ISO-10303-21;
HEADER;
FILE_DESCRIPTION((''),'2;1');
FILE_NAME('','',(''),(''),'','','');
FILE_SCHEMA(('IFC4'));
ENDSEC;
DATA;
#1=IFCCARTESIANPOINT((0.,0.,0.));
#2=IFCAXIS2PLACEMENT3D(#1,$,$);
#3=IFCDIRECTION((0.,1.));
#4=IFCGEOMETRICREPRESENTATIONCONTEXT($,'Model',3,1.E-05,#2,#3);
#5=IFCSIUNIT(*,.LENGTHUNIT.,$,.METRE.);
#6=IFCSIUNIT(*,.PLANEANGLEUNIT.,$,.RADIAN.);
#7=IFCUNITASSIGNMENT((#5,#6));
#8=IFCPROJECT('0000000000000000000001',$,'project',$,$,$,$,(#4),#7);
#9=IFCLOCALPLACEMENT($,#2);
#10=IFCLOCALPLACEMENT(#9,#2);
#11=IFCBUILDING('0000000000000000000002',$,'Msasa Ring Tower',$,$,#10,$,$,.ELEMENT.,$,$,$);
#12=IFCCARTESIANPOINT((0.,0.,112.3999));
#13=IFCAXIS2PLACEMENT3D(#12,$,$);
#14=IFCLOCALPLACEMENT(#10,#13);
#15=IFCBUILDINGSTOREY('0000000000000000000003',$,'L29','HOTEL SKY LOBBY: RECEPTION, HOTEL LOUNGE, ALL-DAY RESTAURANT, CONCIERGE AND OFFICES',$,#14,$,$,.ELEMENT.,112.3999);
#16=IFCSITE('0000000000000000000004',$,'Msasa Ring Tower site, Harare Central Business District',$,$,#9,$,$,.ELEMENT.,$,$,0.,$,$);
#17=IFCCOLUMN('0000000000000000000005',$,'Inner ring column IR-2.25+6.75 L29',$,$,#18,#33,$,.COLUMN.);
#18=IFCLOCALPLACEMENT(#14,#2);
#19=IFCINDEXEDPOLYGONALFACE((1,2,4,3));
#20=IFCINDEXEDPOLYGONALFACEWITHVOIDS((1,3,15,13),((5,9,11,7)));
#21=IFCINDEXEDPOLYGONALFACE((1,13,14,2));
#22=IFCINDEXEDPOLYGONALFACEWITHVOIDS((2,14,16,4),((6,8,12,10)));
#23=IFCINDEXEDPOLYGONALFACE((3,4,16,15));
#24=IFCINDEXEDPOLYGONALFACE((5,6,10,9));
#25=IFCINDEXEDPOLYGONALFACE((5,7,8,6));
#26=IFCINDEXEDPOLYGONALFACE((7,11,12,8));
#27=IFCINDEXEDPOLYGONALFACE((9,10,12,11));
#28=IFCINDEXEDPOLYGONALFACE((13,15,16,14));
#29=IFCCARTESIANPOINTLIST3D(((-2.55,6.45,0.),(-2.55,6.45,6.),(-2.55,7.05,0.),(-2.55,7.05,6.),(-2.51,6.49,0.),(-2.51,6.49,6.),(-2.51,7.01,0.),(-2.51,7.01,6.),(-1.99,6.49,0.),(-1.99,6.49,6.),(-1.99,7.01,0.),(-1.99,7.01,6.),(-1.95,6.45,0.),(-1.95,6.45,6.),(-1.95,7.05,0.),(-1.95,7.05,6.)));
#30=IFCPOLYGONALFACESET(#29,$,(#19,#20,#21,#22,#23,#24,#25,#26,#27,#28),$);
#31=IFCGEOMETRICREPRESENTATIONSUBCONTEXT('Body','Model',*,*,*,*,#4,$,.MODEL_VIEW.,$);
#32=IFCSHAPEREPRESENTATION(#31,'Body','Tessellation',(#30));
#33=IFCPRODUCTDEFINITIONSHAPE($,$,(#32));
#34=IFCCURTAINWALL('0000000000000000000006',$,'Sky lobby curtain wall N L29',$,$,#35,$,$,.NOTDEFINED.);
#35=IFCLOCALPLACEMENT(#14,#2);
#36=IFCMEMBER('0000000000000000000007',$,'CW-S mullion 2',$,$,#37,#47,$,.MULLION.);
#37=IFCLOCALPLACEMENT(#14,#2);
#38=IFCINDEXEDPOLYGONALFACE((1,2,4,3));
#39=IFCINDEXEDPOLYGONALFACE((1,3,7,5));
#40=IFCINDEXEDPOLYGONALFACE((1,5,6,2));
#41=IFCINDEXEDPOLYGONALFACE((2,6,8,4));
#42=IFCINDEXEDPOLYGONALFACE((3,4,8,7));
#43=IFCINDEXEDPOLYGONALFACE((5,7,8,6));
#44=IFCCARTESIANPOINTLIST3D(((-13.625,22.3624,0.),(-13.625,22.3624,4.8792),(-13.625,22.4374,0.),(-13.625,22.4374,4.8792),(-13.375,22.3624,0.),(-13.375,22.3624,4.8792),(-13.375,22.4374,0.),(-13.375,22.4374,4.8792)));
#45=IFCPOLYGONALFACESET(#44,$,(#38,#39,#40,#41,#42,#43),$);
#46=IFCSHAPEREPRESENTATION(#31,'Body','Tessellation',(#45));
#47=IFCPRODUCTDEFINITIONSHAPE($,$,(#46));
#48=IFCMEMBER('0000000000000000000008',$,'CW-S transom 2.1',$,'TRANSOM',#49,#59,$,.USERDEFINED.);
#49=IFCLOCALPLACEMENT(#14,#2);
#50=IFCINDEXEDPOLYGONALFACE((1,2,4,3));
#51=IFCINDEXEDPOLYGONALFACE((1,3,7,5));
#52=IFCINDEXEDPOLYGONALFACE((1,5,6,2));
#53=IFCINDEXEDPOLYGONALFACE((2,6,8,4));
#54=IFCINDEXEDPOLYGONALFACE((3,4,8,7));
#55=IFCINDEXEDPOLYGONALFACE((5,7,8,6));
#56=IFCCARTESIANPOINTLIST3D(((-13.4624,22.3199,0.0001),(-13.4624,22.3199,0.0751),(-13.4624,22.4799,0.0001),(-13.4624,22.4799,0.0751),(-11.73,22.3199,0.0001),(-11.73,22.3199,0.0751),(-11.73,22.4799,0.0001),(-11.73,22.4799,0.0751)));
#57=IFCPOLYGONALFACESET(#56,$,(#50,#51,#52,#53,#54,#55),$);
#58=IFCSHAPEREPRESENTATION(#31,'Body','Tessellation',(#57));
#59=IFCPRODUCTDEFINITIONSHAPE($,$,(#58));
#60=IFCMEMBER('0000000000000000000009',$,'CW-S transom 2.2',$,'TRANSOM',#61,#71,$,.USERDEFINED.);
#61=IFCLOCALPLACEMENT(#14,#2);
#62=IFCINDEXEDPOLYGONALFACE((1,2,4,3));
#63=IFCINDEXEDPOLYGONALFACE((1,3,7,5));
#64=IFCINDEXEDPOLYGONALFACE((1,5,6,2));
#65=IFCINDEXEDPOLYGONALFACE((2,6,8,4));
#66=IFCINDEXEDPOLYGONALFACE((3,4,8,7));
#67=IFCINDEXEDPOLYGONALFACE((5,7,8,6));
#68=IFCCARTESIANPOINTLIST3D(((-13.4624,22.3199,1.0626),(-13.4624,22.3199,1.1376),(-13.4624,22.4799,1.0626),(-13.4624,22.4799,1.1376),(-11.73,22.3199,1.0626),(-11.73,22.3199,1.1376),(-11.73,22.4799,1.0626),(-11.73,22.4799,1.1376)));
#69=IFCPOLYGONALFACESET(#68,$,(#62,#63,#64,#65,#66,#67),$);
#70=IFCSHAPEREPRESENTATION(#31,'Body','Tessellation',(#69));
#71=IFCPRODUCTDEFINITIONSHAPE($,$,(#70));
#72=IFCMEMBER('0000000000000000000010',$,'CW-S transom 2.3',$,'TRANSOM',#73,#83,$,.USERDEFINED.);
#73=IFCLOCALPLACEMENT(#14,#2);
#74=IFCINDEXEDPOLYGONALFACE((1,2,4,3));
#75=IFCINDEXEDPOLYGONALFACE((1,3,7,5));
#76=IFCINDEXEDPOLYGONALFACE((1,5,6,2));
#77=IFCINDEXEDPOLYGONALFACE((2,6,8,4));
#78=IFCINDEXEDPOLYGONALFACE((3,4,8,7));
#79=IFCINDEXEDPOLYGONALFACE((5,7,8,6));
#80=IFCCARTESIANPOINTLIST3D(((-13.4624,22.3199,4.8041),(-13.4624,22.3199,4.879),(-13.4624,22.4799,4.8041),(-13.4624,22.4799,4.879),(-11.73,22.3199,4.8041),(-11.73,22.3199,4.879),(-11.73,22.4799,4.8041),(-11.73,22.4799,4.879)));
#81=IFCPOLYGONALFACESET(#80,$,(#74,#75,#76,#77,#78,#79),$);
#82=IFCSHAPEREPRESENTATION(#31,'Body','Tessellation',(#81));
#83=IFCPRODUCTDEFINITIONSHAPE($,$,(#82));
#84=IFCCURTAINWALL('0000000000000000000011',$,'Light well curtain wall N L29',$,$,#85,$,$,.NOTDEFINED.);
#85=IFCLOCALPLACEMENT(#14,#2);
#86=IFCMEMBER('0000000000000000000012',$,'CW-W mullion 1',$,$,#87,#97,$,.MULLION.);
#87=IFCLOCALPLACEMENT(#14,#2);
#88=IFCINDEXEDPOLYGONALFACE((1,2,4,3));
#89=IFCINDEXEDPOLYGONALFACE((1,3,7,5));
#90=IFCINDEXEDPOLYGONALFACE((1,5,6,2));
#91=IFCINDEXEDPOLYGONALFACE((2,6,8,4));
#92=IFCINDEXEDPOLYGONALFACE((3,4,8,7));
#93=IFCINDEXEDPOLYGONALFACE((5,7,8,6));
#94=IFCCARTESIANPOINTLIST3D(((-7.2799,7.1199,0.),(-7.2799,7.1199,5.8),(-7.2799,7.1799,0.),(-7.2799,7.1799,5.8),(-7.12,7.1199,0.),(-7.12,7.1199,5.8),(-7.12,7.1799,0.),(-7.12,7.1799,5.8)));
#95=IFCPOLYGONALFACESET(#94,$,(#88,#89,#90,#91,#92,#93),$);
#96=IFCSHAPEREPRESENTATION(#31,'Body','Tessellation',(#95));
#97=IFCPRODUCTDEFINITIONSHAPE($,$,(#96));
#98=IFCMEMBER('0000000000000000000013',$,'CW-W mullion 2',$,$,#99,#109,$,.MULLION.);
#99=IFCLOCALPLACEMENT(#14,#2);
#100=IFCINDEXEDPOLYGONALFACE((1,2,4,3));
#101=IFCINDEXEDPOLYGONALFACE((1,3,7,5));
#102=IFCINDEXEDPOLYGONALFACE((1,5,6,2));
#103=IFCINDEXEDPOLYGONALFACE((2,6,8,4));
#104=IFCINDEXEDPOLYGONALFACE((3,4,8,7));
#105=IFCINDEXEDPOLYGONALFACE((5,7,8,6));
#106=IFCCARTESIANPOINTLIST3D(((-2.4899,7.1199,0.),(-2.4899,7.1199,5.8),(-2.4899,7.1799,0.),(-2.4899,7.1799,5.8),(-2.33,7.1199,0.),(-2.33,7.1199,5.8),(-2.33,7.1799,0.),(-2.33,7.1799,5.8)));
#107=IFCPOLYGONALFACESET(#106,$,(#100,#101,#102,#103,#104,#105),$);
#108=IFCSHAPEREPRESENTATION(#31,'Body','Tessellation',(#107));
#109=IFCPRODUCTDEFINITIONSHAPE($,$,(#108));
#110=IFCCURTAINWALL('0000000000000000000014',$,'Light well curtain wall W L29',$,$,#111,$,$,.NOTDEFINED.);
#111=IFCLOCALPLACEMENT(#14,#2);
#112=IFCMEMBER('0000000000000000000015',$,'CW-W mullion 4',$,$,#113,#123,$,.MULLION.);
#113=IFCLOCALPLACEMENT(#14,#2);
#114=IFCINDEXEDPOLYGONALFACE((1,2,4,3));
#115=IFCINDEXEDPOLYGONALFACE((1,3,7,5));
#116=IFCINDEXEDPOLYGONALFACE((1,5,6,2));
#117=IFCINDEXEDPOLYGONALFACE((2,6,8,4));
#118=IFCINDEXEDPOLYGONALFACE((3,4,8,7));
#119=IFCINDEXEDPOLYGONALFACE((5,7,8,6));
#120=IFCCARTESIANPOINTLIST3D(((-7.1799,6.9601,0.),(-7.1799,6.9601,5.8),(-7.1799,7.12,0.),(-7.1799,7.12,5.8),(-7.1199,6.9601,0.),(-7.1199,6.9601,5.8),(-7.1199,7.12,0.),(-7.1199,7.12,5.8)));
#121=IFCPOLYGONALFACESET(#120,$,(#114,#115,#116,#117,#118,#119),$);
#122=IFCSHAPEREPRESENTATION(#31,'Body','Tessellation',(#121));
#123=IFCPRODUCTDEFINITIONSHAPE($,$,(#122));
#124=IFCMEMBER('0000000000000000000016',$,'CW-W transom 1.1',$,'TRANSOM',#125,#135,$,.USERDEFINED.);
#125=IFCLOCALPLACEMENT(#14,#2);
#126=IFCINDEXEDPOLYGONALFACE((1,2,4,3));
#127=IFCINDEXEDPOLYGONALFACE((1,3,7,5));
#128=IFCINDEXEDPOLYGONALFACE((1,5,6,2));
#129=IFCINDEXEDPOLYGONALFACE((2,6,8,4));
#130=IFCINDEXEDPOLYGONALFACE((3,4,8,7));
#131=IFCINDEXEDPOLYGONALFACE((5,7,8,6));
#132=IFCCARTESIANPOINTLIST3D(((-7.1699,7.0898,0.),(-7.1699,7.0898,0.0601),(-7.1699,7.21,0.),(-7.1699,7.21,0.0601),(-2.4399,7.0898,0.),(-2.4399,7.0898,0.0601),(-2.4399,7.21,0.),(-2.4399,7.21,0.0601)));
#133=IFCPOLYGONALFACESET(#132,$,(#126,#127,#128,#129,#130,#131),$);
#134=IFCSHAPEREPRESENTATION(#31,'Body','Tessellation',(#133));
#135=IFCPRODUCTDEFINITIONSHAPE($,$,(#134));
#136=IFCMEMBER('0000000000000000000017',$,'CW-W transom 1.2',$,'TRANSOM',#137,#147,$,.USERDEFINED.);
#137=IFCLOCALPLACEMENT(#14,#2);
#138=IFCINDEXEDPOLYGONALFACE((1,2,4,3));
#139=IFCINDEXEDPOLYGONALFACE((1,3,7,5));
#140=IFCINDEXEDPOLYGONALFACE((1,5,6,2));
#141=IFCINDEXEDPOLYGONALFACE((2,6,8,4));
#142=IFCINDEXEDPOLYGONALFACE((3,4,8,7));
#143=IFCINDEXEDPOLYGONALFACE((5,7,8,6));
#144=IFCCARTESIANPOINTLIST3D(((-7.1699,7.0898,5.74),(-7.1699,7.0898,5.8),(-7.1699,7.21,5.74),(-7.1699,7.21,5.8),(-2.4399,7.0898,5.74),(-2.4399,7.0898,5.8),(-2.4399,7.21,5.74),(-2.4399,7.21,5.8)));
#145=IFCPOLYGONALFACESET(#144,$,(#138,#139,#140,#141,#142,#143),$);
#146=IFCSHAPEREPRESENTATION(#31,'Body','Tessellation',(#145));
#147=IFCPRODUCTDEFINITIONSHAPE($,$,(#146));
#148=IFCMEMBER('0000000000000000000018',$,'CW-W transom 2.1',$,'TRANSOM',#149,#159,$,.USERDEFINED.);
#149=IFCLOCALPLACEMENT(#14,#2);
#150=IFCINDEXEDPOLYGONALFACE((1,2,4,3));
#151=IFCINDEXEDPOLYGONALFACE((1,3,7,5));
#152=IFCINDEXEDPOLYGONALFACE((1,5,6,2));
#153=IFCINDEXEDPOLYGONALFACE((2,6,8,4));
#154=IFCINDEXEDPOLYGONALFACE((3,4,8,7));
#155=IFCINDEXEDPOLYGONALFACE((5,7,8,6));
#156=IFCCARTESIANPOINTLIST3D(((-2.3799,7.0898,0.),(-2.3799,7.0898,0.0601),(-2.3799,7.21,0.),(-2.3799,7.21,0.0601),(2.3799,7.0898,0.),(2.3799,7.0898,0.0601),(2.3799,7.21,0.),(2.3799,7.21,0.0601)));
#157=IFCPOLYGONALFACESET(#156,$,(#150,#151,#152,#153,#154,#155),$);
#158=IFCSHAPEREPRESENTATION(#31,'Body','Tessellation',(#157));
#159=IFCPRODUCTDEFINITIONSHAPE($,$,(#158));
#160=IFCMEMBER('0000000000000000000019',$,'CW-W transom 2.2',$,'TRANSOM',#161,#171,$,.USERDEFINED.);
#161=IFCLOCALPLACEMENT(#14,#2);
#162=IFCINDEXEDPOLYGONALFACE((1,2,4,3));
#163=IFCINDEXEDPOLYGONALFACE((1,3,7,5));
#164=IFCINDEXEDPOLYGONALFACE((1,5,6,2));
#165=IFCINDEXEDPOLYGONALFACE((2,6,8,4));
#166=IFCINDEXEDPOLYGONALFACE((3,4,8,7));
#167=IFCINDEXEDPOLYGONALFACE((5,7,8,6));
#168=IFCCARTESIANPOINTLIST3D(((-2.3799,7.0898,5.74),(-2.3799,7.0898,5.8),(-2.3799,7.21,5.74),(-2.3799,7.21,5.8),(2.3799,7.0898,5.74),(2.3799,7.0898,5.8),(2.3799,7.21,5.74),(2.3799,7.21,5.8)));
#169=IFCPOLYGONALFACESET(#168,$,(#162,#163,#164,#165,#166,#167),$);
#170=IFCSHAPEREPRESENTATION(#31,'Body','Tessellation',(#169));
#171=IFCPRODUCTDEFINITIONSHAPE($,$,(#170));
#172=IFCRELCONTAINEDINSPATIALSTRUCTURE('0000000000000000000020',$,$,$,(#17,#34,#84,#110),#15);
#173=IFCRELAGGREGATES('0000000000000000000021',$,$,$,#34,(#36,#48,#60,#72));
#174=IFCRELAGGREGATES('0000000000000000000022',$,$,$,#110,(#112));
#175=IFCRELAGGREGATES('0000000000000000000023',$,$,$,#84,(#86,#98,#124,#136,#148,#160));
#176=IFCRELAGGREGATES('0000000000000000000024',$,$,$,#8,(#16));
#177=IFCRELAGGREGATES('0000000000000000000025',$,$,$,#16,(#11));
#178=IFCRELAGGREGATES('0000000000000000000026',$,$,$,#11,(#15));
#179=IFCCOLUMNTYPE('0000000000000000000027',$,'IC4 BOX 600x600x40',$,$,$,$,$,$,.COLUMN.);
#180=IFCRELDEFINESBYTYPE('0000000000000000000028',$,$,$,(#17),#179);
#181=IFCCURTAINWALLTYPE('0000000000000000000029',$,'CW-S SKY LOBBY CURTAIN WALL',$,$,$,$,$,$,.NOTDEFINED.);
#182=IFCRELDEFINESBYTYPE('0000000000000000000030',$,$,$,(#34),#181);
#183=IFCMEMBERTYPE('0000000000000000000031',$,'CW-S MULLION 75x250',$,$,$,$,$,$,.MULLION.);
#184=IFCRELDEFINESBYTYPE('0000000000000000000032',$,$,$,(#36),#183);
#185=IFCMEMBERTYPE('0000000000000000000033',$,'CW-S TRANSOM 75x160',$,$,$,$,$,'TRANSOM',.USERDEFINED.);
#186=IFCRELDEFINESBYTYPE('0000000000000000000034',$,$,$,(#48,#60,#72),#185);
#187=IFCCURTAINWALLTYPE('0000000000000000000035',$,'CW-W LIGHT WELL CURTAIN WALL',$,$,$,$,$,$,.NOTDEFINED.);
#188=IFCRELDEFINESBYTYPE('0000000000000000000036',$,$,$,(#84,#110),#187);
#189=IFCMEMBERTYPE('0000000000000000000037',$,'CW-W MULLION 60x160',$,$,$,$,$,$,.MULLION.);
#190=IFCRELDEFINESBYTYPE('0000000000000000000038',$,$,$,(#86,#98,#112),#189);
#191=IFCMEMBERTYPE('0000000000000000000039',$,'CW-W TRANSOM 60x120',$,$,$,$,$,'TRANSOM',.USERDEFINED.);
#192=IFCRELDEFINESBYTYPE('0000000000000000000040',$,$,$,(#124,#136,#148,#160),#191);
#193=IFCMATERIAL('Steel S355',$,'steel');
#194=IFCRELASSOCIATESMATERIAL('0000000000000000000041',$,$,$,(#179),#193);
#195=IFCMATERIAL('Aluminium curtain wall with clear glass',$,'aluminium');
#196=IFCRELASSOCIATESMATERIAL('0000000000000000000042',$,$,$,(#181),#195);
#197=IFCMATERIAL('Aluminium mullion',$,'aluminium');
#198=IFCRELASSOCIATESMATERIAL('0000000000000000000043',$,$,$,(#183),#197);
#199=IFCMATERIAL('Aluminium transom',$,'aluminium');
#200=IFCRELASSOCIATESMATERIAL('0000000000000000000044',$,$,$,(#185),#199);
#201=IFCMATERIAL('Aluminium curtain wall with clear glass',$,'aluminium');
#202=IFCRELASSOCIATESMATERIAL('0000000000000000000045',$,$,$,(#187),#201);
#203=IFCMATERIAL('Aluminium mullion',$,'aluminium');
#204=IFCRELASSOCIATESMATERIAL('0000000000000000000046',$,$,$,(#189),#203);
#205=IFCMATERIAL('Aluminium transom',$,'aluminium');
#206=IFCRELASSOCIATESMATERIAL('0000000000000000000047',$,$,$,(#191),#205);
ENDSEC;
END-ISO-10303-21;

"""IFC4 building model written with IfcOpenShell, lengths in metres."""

from ifc_helpers import new_model, si_unit, direction, frame, origin, origin_2d, place, context, subcontext, project, spatial, rectangle, hollow_rectangle, extrude, material, material_profile, profile_set, type_object, element, aggregate, save


model = new_model("IFC4")

# Units and contexts
model_context = context("Model", 3, precision=1e-05, world=origin(), true_north=direction((0.0, 1.0)))
body_context = subcontext(model_context, "Body", "Model", "MODEL_VIEW")
ifc_project = project(units=[si_unit("LENGTHUNIT", "METRE"), si_unit("PLANEANGLEUNIT", "RADIAN")], contexts=[model_context])

# Site, building, storey
site_placement = place(None, origin())
site = spatial("IfcSite", under=ifc_project, at=site_placement, Name="Msasa Ring Tower site, Harare Central Business District", CompositionType="ELEMENT", RefElevation=0.0)
building_placement = place(site_placement, origin())
building = spatial("IfcBuilding", under=site, at=building_placement, Name="Msasa Ring Tower", CompositionType="ELEMENT")
storey_placement = place(building_placement, frame((0.0, 0.0, 112.3999)))
storey = spatial("IfcBuildingStorey", under=building, at=storey_placement, Name="L29", Description="HOTEL SKY LOBBY: RECEPTION, HOTEL LOUNGE, ALL-DAY RESTAURANT, CONCIERGE AND OFFICES", CompositionType="ELEMENT", Elevation=112.3999)

# Column
ifc_material_1 = material(Name="Steel S355", Category="steel")
ifc_material_profile_1 = material_profile(ifc_material_1, hollow_rectangle(XDim=0.6001, YDim=0.6001, WallThickness=0.04, at=origin_2d()), Name="BOX 600x600x40")
ifc_profile_set_1 = profile_set([ifc_material_profile_1], Name="Steel S355")
column_type = type_object("IfcColumnType", Name="IC4 BOX 600x600x40", PredefinedType="COLUMN", material=ifc_profile_set_1)
column_placement = place(storey_placement, frame((-2.25, 6.75, 0.0), z_axis=(0.0, 0.0, 1.0), x_axis=(1.0, 0.0, 0.0)))
element("IfcColumn", 1, at=column_placement, inside=storey, type_object=column_type, Name="Inner ring column IR-2.25+6.75 L29", PredefinedType="COLUMN", context=body_context, shape_type="SweptSolid", body=[
    extrude(hollow_rectangle(XDim=0.6001, YDim=0.6001, WallThickness=0.04, at=origin_2d()), origin(), (0.0, 0.0, 1.0), 6.0),
])

# Curtain walls, members
ifc_material_2 = material(Name="Aluminium curtain wall with clear glass", Category="aluminium")
curtain_wall_type_1 = type_object("IfcCurtainWallType", Name="CW-S SKY LOBBY CURTAIN WALL", PredefinedType="NOTDEFINED", material=ifc_material_2)
curtain_wall_1_placement = place(storey_placement, origin())
curtain_wall_1 = element("IfcCurtainWall", 2, at=curtain_wall_1_placement, inside=storey, type_object=curtain_wall_type_1, Name="Sky lobby curtain wall N L29", PredefinedType="NOTDEFINED")
ifc_material_3 = material(Name="Aluminium mullion", Category="aluminium")
ifc_material_profile_2 = material_profile(ifc_material_3, rectangle(XDim=0.075, YDim=0.25, at=origin_2d()), Name="AL 75x250")
ifc_profile_set_2 = profile_set([ifc_material_profile_2], Name="Aluminium mullion")
member_type_1 = type_object("IfcMemberType", Name="CW-S MULLION 75x250", PredefinedType="MULLION", material=ifc_profile_set_2)
member_1_placement = place(storey_placement, frame((-13.5, 22.3999, 0.0), z_axis=(0.0, 0.0, 1.0), x_axis=(0.0, 1.0, 0.0)))
member_1 = element("IfcMember", 3, at=member_1_placement, type_object=member_type_1, Name="CW-S mullion 2", PredefinedType="MULLION", context=body_context, shape_type="SweptSolid", body=[
    extrude(rectangle(XDim=0.075, YDim=0.25, at=origin_2d()), origin(), (0.0, 0.0, 1.0), 4.8792),
])
ifc_material_4 = material(Name="Aluminium transom", Category="aluminium")
ifc_material_profile_3 = material_profile(ifc_material_4, rectangle(XDim=0.1599, YDim=0.075, at=origin_2d()), Name="AL 75x160")
ifc_profile_set_3 = profile_set([ifc_material_profile_3], Name="Aluminium transom")
member_type_2 = type_object("IfcMemberType", Name="CW-S TRANSOM 75x160", ElementType="TRANSOM", PredefinedType="USERDEFINED", material=ifc_profile_set_3)
member_2_placement = place(storey_placement, frame((-13.4624, 22.3999, 0.0376), z_axis=(1.0, 0.0, 0.0), x_axis=(0.0, 1.0, 0.0)))
member_2 = element("IfcMember", 4, at=member_2_placement, type_object=member_type_2, Name="CW-S transom 2.1", ObjectType="TRANSOM", PredefinedType="USERDEFINED", context=body_context, shape_type="SweptSolid", body=[
    extrude(rectangle(XDim=0.1599, YDim=0.075, at=origin_2d()), origin(), (0.0, 0.0, 1.0), 1.7324),
])
member_3_placement = place(storey_placement, frame((-13.4624, 22.3999, 1.1001), z_axis=(1.0, 0.0, 0.0), x_axis=(0.0, 1.0, 0.0)))
member_3 = element("IfcMember", 5, at=member_3_placement, type_object=member_type_2, Name="CW-S transom 2.2", ObjectType="TRANSOM", PredefinedType="USERDEFINED", context=body_context, shape_type="SweptSolid", body=[
    extrude(rectangle(XDim=0.1599, YDim=0.075, at=origin_2d()), origin(), (0.0, 0.0, 1.0), 1.7324),
])
member_4_placement = place(storey_placement, frame((-13.4624, 22.3999, 4.8416), z_axis=(1.0, 0.0, 0.0), x_axis=(0.0, 1.0, 0.0)))
member_4 = element("IfcMember", 6, at=member_4_placement, type_object=member_type_2, Name="CW-S transom 2.3", ObjectType="TRANSOM", PredefinedType="USERDEFINED", context=body_context, shape_type="SweptSolid", body=[
    extrude(rectangle(XDim=0.1599, YDim=0.075, at=origin_2d()), origin(), (0.0, 0.0, 1.0), 1.7324),
])
aggregate(curtain_wall_1, [member_1, member_2, member_3, member_4])
ifc_material_5 = material(Name="Aluminium curtain wall with clear glass", Category="aluminium")
curtain_wall_type_2 = type_object("IfcCurtainWallType", Name="CW-W LIGHT WELL CURTAIN WALL", PredefinedType="NOTDEFINED", material=ifc_material_5)
curtain_wall_2_placement = place(storey_placement, origin())
curtain_wall_2 = element("IfcCurtainWall", 7, at=curtain_wall_2_placement, inside=storey, type_object=curtain_wall_type_2, Name="Light well curtain wall N L29", PredefinedType="NOTDEFINED")
ifc_material_6 = material(Name="Aluminium mullion", Category="aluminium")
ifc_material_profile_4 = material_profile(ifc_material_6, rectangle(XDim=0.0601, YDim=0.1599, at=origin_2d()), Name="AL 60x160")
ifc_profile_set_4 = profile_set([ifc_material_profile_4], Name="Aluminium mullion")
member_type_3 = type_object("IfcMemberType", Name="CW-W MULLION 60x160", PredefinedType="MULLION", material=ifc_profile_set_4)
member_5_placement = place(storey_placement, frame((-7.2, 7.1499, 0.0), z_axis=(0.0, 0.0, 1.0), x_axis=(0.0, 1.0, 0.0)))
member_5 = element("IfcMember", 8, at=member_5_placement, type_object=member_type_3, Name="CW-W mullion 1", PredefinedType="MULLION", context=body_context, shape_type="SweptSolid", body=[
    extrude(rectangle(XDim=0.0601, YDim=0.1599, at=origin_2d()), origin(), (0.0, 0.0, 1.0), 5.8),
])
member_6_placement = place(storey_placement, frame((-2.4099, 7.1499, 0.0), z_axis=(0.0, 0.0, 1.0), x_axis=(0.0, 1.0, 0.0)))
member_6 = element("IfcMember", 9, at=member_6_placement, type_object=member_type_3, Name="CW-W mullion 2", PredefinedType="MULLION", context=body_context, shape_type="SweptSolid", body=[
    extrude(rectangle(XDim=0.0601, YDim=0.1599, at=origin_2d()), origin(), (0.0, 0.0, 1.0), 5.8),
])

# Curtain wall, member
curtain_wall_3_placement = place(storey_placement, origin())
curtain_wall_3 = element("IfcCurtainWall", 10, at=curtain_wall_3_placement, inside=storey, type_object=curtain_wall_type_2, Name="Light well curtain wall W L29", PredefinedType="NOTDEFINED")
member_7_placement = place(storey_placement, frame((-7.1499, 7.04, 0.0), z_axis=(0.0, 0.0, 1.0), x_axis=(-1.0, 0.0, 0.0)))
member_7 = element("IfcMember", 11, at=member_7_placement, type_object=member_type_3, Name="CW-W mullion 4", PredefinedType="MULLION", context=body_context, shape_type="SweptSolid", body=[
    extrude(rectangle(XDim=0.0601, YDim=0.1599, at=origin_2d()), origin(), (0.0, 0.0, 1.0), 5.8),
])
aggregate(curtain_wall_3, [member_7])

# Members
ifc_material_7 = material(Name="Aluminium transom", Category="aluminium")
ifc_material_profile_5 = material_profile(ifc_material_7, rectangle(XDim=0.1201, YDim=0.0601, at=origin_2d()), Name="AL 60x120")
ifc_profile_set_5 = profile_set([ifc_material_profile_5], Name="Aluminium transom")
member_type_4 = type_object("IfcMemberType", Name="CW-W TRANSOM 60x120", ElementType="TRANSOM", PredefinedType="USERDEFINED", material=ifc_profile_set_5)
member_8_placement = place(storey_placement, frame((-7.1699, 7.1499, 0.03), z_axis=(1.0, 0.0, 0.0), x_axis=(0.0, 1.0, 0.0)))
member_8 = element("IfcMember", 12, at=member_8_placement, type_object=member_type_4, Name="CW-W transom 1.1", ObjectType="TRANSOM", PredefinedType="USERDEFINED", context=body_context, shape_type="SweptSolid", body=[
    extrude(rectangle(XDim=0.1201, YDim=0.0601, at=origin_2d()), origin(), (0.0, 0.0, 1.0), 4.73),
])
member_9_placement = place(storey_placement, frame((-7.1699, 7.1499, 5.77), z_axis=(1.0, 0.0, 0.0), x_axis=(0.0, 1.0, 0.0)))
member_9 = element("IfcMember", 13, at=member_9_placement, type_object=member_type_4, Name="CW-W transom 1.2", ObjectType="TRANSOM", PredefinedType="USERDEFINED", context=body_context, shape_type="SweptSolid", body=[
    extrude(rectangle(XDim=0.1201, YDim=0.0601, at=origin_2d()), origin(), (0.0, 0.0, 1.0), 4.73),
])
member_10_placement = place(storey_placement, frame((-2.3799, 7.1499, 0.03), z_axis=(1.0, 0.0, 0.0), x_axis=(0.0, 1.0, 0.0)))
member_10 = element("IfcMember", 14, at=member_10_placement, type_object=member_type_4, Name="CW-W transom 2.1", ObjectType="TRANSOM", PredefinedType="USERDEFINED", context=body_context, shape_type="SweptSolid", body=[
    extrude(rectangle(XDim=0.1201, YDim=0.0601, at=origin_2d()), origin(), (0.0, 0.0, 1.0), 4.7598),
])
member_11_placement = place(storey_placement, frame((-2.3799, 7.1499, 5.77), z_axis=(1.0, 0.0, 0.0), x_axis=(0.0, 1.0, 0.0)))
member_11 = element("IfcMember", 15, at=member_11_placement, type_object=member_type_4, Name="CW-W transom 2.2", ObjectType="TRANSOM", PredefinedType="USERDEFINED", context=body_context, shape_type="SweptSolid", body=[
    extrude(rectangle(XDim=0.1201, YDim=0.0601, at=origin_2d()), origin(), (0.0, 0.0, 1.0), 4.7598),
])

aggregate(curtain_wall_2, [member_5, member_6, member_8, member_9, member_10, member_11])

save(model, "model.ifc")
